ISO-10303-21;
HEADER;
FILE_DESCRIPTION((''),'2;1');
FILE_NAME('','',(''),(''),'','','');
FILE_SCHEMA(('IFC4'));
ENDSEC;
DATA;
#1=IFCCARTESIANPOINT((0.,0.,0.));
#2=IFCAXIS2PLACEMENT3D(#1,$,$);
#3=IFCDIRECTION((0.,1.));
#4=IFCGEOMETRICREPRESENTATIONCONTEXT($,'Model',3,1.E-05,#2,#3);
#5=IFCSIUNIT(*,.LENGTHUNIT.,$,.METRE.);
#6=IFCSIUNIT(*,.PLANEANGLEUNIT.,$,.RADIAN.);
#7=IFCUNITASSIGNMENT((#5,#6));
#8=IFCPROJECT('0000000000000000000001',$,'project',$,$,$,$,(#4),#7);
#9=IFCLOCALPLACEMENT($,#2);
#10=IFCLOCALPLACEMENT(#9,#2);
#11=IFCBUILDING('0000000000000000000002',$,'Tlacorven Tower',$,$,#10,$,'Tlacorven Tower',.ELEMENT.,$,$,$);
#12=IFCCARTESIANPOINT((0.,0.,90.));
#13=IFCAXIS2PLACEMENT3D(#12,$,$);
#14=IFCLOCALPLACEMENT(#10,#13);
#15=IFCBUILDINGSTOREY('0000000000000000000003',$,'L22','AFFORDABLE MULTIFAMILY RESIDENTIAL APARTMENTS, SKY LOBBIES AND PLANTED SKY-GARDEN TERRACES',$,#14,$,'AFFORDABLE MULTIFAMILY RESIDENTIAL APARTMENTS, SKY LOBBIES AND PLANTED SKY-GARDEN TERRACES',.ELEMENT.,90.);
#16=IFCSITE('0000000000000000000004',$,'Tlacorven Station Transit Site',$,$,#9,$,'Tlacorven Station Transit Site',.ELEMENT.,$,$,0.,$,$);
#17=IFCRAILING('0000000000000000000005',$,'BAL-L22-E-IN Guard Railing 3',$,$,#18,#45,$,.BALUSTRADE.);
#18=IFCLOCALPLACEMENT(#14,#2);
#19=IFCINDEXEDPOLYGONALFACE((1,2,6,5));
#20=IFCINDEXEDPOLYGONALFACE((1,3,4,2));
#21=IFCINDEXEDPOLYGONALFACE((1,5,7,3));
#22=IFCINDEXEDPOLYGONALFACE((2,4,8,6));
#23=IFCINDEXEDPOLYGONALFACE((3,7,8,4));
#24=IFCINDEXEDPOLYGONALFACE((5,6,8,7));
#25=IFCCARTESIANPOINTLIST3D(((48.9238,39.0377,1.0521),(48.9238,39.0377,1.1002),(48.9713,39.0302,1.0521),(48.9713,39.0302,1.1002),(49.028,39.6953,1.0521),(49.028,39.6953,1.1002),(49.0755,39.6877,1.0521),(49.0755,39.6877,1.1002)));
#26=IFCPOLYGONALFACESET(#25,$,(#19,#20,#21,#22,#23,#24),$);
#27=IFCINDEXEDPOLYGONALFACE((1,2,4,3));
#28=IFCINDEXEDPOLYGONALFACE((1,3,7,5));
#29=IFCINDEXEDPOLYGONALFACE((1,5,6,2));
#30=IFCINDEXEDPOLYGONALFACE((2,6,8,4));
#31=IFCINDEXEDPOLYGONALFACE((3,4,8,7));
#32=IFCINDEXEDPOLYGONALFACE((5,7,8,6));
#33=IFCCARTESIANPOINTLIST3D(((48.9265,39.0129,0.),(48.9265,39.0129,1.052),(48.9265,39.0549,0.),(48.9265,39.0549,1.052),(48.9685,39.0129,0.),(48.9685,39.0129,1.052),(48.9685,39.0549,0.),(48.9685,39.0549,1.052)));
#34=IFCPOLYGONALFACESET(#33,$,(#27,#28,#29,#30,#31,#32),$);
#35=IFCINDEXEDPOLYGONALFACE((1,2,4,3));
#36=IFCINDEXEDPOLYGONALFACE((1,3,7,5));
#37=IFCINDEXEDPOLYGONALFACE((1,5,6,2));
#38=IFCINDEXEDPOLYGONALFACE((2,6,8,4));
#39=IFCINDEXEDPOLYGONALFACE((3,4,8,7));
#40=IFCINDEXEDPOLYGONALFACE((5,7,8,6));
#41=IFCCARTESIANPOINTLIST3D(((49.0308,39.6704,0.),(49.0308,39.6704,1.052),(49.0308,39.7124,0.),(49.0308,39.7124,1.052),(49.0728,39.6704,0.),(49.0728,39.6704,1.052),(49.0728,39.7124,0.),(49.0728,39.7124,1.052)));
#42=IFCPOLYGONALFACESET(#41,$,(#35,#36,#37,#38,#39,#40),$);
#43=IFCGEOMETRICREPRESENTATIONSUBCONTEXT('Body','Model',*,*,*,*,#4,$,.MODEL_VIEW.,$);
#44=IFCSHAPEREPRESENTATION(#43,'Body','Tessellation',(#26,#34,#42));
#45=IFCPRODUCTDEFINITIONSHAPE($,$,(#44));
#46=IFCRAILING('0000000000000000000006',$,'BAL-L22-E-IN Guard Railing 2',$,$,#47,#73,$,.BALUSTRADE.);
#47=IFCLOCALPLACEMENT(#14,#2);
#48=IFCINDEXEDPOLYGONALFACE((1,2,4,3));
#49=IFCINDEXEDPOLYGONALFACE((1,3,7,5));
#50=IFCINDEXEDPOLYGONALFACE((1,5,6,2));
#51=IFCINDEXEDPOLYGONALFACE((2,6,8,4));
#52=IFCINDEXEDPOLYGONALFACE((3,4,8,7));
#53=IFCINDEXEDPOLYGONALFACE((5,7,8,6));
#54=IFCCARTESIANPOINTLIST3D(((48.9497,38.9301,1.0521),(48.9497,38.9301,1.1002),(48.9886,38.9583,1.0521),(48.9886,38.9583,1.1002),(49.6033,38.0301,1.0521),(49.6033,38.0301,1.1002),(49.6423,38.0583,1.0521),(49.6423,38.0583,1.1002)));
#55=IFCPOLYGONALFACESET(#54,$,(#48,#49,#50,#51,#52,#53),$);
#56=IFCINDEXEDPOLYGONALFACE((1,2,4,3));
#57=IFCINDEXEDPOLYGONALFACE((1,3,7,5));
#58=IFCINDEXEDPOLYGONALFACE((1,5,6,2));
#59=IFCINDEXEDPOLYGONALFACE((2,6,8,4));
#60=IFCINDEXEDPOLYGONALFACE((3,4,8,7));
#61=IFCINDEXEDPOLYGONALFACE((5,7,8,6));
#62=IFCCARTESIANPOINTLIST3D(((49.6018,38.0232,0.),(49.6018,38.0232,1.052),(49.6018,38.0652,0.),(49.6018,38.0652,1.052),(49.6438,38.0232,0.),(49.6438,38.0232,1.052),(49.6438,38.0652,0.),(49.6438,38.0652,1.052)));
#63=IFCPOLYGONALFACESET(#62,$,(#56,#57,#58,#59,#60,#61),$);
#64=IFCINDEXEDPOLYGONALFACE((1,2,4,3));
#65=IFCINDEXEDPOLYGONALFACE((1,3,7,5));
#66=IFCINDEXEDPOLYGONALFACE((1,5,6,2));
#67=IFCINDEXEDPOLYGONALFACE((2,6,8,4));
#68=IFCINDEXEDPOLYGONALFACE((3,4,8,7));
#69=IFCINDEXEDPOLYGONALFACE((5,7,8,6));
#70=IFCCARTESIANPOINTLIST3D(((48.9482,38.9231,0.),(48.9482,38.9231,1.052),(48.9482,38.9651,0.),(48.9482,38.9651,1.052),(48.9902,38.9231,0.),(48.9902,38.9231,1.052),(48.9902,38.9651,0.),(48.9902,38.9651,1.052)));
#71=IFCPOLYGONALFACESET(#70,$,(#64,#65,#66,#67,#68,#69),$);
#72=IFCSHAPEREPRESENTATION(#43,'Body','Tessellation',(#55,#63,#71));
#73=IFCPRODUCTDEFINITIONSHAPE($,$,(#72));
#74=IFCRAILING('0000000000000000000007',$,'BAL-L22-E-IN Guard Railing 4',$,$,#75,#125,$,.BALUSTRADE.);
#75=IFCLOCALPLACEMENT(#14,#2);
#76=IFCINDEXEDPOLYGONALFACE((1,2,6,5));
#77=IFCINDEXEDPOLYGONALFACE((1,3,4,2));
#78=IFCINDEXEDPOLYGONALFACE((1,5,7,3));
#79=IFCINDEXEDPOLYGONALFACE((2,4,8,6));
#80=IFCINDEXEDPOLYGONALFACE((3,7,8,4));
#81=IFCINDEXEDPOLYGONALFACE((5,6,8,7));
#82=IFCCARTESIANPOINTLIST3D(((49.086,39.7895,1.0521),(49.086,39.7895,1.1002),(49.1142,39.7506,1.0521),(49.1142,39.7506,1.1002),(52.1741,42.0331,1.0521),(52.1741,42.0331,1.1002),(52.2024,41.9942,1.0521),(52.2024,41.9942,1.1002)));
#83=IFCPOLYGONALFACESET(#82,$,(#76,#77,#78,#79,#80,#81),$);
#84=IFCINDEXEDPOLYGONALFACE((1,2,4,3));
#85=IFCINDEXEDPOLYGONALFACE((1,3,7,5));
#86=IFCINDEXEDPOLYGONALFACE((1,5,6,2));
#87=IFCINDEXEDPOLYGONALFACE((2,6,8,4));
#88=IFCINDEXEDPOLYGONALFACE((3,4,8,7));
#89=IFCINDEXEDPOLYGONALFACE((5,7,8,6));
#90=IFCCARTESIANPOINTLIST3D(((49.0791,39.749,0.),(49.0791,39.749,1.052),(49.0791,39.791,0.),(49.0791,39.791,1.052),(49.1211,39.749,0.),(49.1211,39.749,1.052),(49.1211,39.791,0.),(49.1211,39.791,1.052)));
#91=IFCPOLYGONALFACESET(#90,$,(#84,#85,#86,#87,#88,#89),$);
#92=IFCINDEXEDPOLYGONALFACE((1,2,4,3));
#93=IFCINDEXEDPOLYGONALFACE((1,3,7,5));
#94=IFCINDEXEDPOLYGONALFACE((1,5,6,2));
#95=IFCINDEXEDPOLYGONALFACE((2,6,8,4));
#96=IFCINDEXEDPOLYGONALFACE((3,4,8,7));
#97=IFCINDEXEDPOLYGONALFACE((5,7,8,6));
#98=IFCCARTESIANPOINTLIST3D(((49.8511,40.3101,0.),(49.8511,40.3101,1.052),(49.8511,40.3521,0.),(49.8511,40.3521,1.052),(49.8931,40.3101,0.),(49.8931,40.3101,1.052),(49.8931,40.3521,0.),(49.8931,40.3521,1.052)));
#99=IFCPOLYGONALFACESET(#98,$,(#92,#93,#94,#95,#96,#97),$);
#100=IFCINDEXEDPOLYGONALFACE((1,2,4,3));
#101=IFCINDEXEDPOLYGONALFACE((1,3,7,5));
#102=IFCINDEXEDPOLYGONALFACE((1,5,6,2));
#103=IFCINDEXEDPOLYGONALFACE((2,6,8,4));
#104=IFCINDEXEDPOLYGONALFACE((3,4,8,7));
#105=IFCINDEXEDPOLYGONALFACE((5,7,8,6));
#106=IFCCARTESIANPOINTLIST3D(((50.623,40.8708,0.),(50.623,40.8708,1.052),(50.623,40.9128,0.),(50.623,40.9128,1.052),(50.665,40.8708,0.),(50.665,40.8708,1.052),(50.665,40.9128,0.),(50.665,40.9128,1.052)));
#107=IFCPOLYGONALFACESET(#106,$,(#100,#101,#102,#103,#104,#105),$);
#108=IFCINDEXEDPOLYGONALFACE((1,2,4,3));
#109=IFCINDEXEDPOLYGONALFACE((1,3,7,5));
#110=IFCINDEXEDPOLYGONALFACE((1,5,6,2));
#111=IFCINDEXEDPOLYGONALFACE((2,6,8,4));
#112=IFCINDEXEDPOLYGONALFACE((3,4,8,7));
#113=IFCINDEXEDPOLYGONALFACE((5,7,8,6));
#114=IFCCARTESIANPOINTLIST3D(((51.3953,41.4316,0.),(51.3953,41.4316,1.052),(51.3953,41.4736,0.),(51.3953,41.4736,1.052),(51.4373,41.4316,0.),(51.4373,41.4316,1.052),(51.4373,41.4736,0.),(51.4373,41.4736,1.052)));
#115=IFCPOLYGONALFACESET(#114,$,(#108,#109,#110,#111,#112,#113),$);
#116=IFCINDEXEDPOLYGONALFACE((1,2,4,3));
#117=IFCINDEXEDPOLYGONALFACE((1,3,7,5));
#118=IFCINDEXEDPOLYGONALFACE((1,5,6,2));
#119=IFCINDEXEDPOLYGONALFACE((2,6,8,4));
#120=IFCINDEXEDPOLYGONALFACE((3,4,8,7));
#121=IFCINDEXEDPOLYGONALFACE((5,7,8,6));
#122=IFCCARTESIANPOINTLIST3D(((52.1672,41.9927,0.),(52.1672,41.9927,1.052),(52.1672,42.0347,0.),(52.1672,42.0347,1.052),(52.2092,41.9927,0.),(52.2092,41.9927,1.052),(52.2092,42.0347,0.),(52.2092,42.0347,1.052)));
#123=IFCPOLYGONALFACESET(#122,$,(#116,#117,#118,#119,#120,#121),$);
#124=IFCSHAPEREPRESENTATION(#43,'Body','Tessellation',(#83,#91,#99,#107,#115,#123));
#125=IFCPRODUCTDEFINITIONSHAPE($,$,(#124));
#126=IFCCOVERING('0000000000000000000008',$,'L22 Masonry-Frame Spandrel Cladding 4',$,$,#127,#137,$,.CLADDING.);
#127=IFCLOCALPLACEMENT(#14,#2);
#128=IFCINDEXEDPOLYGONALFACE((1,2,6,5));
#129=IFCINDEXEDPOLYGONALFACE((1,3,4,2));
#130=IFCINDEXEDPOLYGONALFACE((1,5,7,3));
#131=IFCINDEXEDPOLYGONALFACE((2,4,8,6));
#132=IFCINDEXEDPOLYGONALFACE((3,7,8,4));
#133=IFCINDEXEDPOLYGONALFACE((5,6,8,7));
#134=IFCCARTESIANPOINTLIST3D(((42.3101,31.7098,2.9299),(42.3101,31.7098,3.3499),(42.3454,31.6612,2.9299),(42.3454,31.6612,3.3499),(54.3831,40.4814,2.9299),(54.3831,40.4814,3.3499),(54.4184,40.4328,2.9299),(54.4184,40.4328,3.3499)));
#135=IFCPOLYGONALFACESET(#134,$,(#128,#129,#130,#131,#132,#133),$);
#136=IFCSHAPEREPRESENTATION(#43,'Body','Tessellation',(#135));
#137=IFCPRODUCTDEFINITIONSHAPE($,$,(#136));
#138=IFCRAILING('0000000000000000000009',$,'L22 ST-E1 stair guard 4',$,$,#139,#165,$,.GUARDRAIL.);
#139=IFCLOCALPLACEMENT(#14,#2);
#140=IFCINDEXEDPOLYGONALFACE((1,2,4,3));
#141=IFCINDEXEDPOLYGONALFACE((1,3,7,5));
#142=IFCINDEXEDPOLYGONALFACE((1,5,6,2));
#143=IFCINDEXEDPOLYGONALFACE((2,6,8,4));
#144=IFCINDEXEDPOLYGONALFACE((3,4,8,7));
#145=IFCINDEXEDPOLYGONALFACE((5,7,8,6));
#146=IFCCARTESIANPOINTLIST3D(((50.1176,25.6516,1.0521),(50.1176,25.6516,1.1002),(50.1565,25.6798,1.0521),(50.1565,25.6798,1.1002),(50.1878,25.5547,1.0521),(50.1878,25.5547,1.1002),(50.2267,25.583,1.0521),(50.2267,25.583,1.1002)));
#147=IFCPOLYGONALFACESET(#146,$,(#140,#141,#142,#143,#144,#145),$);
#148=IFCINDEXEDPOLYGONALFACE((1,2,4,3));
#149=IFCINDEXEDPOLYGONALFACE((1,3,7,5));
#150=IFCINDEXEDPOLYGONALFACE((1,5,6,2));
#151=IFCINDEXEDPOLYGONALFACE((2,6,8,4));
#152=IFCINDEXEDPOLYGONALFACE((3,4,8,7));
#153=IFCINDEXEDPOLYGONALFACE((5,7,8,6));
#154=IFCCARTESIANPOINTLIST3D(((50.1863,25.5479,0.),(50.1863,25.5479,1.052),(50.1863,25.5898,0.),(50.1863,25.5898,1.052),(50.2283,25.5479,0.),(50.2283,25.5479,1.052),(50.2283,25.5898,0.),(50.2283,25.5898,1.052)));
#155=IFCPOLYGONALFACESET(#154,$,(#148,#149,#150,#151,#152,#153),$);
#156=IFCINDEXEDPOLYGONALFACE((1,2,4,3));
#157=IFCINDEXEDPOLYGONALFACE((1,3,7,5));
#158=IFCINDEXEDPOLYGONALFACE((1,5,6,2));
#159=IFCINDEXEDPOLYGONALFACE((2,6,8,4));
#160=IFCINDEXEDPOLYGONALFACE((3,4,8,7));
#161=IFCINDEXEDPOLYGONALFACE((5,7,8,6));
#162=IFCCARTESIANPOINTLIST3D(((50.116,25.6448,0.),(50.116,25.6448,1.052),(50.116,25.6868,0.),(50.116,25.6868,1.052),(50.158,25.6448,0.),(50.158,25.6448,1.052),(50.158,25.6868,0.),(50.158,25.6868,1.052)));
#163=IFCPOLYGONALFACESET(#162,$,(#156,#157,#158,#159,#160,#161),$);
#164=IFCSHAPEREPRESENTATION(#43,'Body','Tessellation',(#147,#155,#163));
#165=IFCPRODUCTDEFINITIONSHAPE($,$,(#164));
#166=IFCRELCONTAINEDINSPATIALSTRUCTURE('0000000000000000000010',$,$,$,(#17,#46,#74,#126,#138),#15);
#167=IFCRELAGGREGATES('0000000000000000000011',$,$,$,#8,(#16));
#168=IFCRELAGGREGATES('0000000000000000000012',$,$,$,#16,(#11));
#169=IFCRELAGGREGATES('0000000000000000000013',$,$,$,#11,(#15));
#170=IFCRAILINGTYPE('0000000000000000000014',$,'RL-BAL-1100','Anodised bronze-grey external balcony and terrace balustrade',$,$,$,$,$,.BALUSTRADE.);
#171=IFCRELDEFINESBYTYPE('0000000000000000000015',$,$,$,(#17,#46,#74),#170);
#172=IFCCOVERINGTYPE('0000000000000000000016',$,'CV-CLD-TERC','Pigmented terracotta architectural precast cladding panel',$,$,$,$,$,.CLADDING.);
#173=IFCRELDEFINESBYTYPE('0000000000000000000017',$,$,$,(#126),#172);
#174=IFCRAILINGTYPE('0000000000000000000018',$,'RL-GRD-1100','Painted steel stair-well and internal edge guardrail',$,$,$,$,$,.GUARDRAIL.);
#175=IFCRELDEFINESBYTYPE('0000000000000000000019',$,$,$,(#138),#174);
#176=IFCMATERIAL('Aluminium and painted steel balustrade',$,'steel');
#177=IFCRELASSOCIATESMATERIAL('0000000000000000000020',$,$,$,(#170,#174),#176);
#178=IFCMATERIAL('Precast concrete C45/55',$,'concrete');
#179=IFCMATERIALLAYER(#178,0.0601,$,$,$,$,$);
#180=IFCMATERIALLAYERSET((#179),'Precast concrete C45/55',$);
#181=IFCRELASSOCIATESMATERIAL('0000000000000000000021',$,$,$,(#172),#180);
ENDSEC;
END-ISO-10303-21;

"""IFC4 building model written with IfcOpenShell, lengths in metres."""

from ifc_helpers import new_model, si_unit, direction, frame, origin, origin_2d, place, context, subcontext, project, spatial, rectangle, extrude, source, transform, mapped, material, layer, layer_set, type_object, element, save


model = new_model("IFC4")

# Units and contexts
model_context = context("Model", 3, precision=1e-05, world=origin(), true_north=direction((0.0, 1.0)))
body_context = subcontext(model_context, "Body", "Model", "MODEL_VIEW")
ifc_project = project(units=[si_unit("LENGTHUNIT", "METRE"), si_unit("PLANEANGLEUNIT", "RADIAN")], contexts=[model_context])

# Site, building, storey
site_placement = place(None, origin())
site = spatial("IfcSite", under=ifc_project, at=site_placement, Name="Tlacorven Station Transit Site", LongName="Tlacorven Station Transit Site", CompositionType="ELEMENT", RefElevation=0.0)
building_placement = place(site_placement, origin())
building = spatial("IfcBuilding", under=site, at=building_placement, Name="Tlacorven Tower", LongName="Tlacorven Tower", CompositionType="ELEMENT")
storey_placement = place(building_placement, frame((0.0, 0.0, 90.0)))
storey = spatial("IfcBuildingStorey", under=building, at=storey_placement, Name="L22", Description="AFFORDABLE MULTIFAMILY RESIDENTIAL APARTMENTS, SKY LOBBIES AND PLANTED SKY-GARDEN TERRACES", LongName="AFFORDABLE MULTIFAMILY RESIDENTIAL APARTMENTS, SKY LOBBIES AND PLANTED SKY-GARDEN TERRACES", CompositionType="ELEMENT", Elevation=90.0)

# Railings
ifc_material_1 = material(Name="Aluminium and painted steel balustrade", Category="steel")
railing_type_1 = type_object("IfcRailingType", Name="RL-BAL-1100", Description="Anodised bronze-grey external balcony and terrace balustrade", PredefinedType="BALUSTRADE", material=ifc_material_1)
shared_shape_1 = source(origin(), body_context, "Body", "SweptSolid", [
    extrude(rectangle(XDim=0.0481, YDim=0.0481, at=origin_2d()), frame((0.0, 0.0, 1.0762), z_axis=(0.156603, 0.987662, 0.0), x_axis=(-0.987662, 0.156603, 0.0)), (0.0, 0.0, 1.0), 0.6658),
    extrude(rectangle(XDim=0.042, YDim=0.042, at=origin_2d()), origin(), (0.0, 0.0, 1.0), 1.052),
    extrude(rectangle(XDim=0.042, YDim=0.042, at=origin_2d()), frame((0.1042, 0.6575, 0.0)), (0.0, 0.0, 1.0), 1.052),
])
railing_1_placement = place(storey_placement, frame((48.9475, 39.0339, 0.0)))
element("IfcRailing", 1, at=railing_1_placement, inside=storey, type_object=railing_type_1, Name="BAL-L22-E-IN Guard Railing 3", PredefinedType="BALUSTRADE", context=body_context, shape_type="MappedRepresentation", body=[
    mapped(shared_shape_1, transform((0.0, 0.0, 0.0), scale=1.0)),
])
shared_shape_2 = source(origin(), body_context, "Body", "SweptSolid", [
    extrude(rectangle(XDim=0.0481, YDim=0.0481, at=origin_2d()), frame((0.0, 0.0, 1.0762), z_axis=(-0.587636, 0.809125, 0.0), x_axis=(-0.809125, -0.587636, 0.0)), (0.0, 0.0, 1.0), 1.1123),
    extrude(rectangle(XDim=0.042, YDim=0.042, at=origin_2d()), origin(), (0.0, 0.0, 1.0), 1.052),
    extrude(rectangle(XDim=0.042, YDim=0.042, at=origin_2d()), frame((-0.6536, 0.8999, 0.0)), (0.0, 0.0, 1.0), 1.052),
])
railing_2_placement = place(storey_placement, frame((49.6228, 38.0442, 0.0)))
element("IfcRailing", 2, at=railing_2_placement, inside=storey, type_object=railing_type_1, Name="BAL-L22-E-IN Guard Railing 2", PredefinedType="BALUSTRADE", context=body_context, shape_type="MappedRepresentation", body=[
    mapped(shared_shape_2, transform((0.0, 0.0, 0.0), scale=1.0)),
])
shared_shape_3 = source(origin(), body_context, "Body", "SweptSolid", [
    extrude(rectangle(XDim=0.0481, YDim=0.0481, at=origin_2d()), frame((0.0, 0.0, 1.0762), z_axis=(0.809018, 0.587784, 0.0), x_axis=(-0.587784, 0.809018, 0.0)), (0.0, 0.0, 1.0), 3.8171),
    extrude(rectangle(XDim=0.042, YDim=0.042, at=origin_2d()), origin(), (0.0, 0.0, 1.0), 1.052),
    extrude(rectangle(XDim=0.042, YDim=0.042, at=origin_2d()), frame((0.772, 0.561, 0.0)), (0.0, 0.0, 1.0), 1.052),
    extrude(rectangle(XDim=0.042, YDim=0.042, at=origin_2d()), frame((1.5439, 1.1218, 0.0)), (0.0, 0.0, 1.0), 1.052),
    extrude(rectangle(XDim=0.042, YDim=0.042, at=origin_2d()), frame((2.3162, 1.6826, 0.0)), (0.0, 0.0, 1.0), 1.052),
    extrude(rectangle(XDim=0.042, YDim=0.042, at=origin_2d()), frame((3.0881, 2.2437, 0.0)), (0.0, 0.0, 1.0), 1.052),
])
railing_3_placement = place(storey_placement, frame((49.1001, 39.77, 0.0)))
element("IfcRailing", 3, at=railing_3_placement, inside=storey, type_object=railing_type_1, Name="BAL-L22-E-IN Guard Railing 4", PredefinedType="BALUSTRADE", context=body_context, shape_type="MappedRepresentation", body=[
    mapped(shared_shape_3, transform((0.0, 0.0, 0.0), scale=1.0)),
])

# Covering
ifc_material_2 = material(Name="Precast concrete C45/55", Category="concrete")
ifc_layer_1 = layer(ifc_material_2, 0.0601)
ifc_layer_set_1 = layer_set([ifc_layer_1], Name="Precast concrete C45/55")
covering_type = type_object("IfcCoveringType", Name="CV-CLD-TERC", Description="Pigmented terracotta architectural precast cladding panel", PredefinedType="CLADDING", material=ifc_layer_set_1)
shared_shape_4 = source(origin(), body_context, "Body", "SweptSolid", [
    extrude(rectangle(XDim=14.9231, YDim=0.0601, at=origin_2d()), origin(), (0.0, 0.0, 1.0), 0.4199),
])
covering_placement = place(storey_placement, frame((48.3643, 36.0713, 2.9299), z_axis=(0.0, 0.0, 1.0), x_axis=(0.809017, 0.587786, 0.0)))
element("IfcCovering", 4, at=covering_placement, inside=storey, type_object=covering_type, Name="L22 Masonry-Frame Spandrel Cladding 4", PredefinedType="CLADDING", context=body_context, shape_type="MappedRepresentation", body=[
    mapped(shared_shape_4, transform((0.0, 0.0, 0.0), scale=1.0)),
])

# Railing
railing_type_2 = type_object("IfcRailingType", Name="RL-GRD-1100", Description="Painted steel stair-well and internal edge guardrail", PredefinedType="GUARDRAIL", material=ifc_material_1)
shared_shape_5 = source(origin(), body_context, "Body", "SweptSolid", [
    extrude(rectangle(XDim=0.0481, YDim=0.0481, at=origin_2d()), frame((0.0, 0.0, 1.0762), z_axis=(-0.587201, 0.809441, 0.0), x_axis=(-0.809441, -0.587201, 0.0)), (0.0, 0.0, 1.0), 0.1196),
    extrude(rectangle(XDim=0.042, YDim=0.042, at=origin_2d()), origin(), (0.0, 0.0, 1.0), 1.052),
    extrude(rectangle(XDim=0.042, YDim=0.042, at=origin_2d()), frame((-0.0703, 0.0969, 0.0)), (0.0, 0.0, 1.0), 1.052),
])
railing_4_placement = place(storey_placement, frame((50.2073, 25.5688, 0.0)))
element("IfcRailing", 5, at=railing_4_placement, inside=storey, type_object=railing_type_2, Name="L22 ST-E1 stair guard 4", PredefinedType="GUARDRAIL", context=body_context, shape_type="MappedRepresentation", body=[
    mapped(shared_shape_5, transform((0.0, 0.0, 0.0), scale=1.0)),
])

save(model, "model.ifc")
